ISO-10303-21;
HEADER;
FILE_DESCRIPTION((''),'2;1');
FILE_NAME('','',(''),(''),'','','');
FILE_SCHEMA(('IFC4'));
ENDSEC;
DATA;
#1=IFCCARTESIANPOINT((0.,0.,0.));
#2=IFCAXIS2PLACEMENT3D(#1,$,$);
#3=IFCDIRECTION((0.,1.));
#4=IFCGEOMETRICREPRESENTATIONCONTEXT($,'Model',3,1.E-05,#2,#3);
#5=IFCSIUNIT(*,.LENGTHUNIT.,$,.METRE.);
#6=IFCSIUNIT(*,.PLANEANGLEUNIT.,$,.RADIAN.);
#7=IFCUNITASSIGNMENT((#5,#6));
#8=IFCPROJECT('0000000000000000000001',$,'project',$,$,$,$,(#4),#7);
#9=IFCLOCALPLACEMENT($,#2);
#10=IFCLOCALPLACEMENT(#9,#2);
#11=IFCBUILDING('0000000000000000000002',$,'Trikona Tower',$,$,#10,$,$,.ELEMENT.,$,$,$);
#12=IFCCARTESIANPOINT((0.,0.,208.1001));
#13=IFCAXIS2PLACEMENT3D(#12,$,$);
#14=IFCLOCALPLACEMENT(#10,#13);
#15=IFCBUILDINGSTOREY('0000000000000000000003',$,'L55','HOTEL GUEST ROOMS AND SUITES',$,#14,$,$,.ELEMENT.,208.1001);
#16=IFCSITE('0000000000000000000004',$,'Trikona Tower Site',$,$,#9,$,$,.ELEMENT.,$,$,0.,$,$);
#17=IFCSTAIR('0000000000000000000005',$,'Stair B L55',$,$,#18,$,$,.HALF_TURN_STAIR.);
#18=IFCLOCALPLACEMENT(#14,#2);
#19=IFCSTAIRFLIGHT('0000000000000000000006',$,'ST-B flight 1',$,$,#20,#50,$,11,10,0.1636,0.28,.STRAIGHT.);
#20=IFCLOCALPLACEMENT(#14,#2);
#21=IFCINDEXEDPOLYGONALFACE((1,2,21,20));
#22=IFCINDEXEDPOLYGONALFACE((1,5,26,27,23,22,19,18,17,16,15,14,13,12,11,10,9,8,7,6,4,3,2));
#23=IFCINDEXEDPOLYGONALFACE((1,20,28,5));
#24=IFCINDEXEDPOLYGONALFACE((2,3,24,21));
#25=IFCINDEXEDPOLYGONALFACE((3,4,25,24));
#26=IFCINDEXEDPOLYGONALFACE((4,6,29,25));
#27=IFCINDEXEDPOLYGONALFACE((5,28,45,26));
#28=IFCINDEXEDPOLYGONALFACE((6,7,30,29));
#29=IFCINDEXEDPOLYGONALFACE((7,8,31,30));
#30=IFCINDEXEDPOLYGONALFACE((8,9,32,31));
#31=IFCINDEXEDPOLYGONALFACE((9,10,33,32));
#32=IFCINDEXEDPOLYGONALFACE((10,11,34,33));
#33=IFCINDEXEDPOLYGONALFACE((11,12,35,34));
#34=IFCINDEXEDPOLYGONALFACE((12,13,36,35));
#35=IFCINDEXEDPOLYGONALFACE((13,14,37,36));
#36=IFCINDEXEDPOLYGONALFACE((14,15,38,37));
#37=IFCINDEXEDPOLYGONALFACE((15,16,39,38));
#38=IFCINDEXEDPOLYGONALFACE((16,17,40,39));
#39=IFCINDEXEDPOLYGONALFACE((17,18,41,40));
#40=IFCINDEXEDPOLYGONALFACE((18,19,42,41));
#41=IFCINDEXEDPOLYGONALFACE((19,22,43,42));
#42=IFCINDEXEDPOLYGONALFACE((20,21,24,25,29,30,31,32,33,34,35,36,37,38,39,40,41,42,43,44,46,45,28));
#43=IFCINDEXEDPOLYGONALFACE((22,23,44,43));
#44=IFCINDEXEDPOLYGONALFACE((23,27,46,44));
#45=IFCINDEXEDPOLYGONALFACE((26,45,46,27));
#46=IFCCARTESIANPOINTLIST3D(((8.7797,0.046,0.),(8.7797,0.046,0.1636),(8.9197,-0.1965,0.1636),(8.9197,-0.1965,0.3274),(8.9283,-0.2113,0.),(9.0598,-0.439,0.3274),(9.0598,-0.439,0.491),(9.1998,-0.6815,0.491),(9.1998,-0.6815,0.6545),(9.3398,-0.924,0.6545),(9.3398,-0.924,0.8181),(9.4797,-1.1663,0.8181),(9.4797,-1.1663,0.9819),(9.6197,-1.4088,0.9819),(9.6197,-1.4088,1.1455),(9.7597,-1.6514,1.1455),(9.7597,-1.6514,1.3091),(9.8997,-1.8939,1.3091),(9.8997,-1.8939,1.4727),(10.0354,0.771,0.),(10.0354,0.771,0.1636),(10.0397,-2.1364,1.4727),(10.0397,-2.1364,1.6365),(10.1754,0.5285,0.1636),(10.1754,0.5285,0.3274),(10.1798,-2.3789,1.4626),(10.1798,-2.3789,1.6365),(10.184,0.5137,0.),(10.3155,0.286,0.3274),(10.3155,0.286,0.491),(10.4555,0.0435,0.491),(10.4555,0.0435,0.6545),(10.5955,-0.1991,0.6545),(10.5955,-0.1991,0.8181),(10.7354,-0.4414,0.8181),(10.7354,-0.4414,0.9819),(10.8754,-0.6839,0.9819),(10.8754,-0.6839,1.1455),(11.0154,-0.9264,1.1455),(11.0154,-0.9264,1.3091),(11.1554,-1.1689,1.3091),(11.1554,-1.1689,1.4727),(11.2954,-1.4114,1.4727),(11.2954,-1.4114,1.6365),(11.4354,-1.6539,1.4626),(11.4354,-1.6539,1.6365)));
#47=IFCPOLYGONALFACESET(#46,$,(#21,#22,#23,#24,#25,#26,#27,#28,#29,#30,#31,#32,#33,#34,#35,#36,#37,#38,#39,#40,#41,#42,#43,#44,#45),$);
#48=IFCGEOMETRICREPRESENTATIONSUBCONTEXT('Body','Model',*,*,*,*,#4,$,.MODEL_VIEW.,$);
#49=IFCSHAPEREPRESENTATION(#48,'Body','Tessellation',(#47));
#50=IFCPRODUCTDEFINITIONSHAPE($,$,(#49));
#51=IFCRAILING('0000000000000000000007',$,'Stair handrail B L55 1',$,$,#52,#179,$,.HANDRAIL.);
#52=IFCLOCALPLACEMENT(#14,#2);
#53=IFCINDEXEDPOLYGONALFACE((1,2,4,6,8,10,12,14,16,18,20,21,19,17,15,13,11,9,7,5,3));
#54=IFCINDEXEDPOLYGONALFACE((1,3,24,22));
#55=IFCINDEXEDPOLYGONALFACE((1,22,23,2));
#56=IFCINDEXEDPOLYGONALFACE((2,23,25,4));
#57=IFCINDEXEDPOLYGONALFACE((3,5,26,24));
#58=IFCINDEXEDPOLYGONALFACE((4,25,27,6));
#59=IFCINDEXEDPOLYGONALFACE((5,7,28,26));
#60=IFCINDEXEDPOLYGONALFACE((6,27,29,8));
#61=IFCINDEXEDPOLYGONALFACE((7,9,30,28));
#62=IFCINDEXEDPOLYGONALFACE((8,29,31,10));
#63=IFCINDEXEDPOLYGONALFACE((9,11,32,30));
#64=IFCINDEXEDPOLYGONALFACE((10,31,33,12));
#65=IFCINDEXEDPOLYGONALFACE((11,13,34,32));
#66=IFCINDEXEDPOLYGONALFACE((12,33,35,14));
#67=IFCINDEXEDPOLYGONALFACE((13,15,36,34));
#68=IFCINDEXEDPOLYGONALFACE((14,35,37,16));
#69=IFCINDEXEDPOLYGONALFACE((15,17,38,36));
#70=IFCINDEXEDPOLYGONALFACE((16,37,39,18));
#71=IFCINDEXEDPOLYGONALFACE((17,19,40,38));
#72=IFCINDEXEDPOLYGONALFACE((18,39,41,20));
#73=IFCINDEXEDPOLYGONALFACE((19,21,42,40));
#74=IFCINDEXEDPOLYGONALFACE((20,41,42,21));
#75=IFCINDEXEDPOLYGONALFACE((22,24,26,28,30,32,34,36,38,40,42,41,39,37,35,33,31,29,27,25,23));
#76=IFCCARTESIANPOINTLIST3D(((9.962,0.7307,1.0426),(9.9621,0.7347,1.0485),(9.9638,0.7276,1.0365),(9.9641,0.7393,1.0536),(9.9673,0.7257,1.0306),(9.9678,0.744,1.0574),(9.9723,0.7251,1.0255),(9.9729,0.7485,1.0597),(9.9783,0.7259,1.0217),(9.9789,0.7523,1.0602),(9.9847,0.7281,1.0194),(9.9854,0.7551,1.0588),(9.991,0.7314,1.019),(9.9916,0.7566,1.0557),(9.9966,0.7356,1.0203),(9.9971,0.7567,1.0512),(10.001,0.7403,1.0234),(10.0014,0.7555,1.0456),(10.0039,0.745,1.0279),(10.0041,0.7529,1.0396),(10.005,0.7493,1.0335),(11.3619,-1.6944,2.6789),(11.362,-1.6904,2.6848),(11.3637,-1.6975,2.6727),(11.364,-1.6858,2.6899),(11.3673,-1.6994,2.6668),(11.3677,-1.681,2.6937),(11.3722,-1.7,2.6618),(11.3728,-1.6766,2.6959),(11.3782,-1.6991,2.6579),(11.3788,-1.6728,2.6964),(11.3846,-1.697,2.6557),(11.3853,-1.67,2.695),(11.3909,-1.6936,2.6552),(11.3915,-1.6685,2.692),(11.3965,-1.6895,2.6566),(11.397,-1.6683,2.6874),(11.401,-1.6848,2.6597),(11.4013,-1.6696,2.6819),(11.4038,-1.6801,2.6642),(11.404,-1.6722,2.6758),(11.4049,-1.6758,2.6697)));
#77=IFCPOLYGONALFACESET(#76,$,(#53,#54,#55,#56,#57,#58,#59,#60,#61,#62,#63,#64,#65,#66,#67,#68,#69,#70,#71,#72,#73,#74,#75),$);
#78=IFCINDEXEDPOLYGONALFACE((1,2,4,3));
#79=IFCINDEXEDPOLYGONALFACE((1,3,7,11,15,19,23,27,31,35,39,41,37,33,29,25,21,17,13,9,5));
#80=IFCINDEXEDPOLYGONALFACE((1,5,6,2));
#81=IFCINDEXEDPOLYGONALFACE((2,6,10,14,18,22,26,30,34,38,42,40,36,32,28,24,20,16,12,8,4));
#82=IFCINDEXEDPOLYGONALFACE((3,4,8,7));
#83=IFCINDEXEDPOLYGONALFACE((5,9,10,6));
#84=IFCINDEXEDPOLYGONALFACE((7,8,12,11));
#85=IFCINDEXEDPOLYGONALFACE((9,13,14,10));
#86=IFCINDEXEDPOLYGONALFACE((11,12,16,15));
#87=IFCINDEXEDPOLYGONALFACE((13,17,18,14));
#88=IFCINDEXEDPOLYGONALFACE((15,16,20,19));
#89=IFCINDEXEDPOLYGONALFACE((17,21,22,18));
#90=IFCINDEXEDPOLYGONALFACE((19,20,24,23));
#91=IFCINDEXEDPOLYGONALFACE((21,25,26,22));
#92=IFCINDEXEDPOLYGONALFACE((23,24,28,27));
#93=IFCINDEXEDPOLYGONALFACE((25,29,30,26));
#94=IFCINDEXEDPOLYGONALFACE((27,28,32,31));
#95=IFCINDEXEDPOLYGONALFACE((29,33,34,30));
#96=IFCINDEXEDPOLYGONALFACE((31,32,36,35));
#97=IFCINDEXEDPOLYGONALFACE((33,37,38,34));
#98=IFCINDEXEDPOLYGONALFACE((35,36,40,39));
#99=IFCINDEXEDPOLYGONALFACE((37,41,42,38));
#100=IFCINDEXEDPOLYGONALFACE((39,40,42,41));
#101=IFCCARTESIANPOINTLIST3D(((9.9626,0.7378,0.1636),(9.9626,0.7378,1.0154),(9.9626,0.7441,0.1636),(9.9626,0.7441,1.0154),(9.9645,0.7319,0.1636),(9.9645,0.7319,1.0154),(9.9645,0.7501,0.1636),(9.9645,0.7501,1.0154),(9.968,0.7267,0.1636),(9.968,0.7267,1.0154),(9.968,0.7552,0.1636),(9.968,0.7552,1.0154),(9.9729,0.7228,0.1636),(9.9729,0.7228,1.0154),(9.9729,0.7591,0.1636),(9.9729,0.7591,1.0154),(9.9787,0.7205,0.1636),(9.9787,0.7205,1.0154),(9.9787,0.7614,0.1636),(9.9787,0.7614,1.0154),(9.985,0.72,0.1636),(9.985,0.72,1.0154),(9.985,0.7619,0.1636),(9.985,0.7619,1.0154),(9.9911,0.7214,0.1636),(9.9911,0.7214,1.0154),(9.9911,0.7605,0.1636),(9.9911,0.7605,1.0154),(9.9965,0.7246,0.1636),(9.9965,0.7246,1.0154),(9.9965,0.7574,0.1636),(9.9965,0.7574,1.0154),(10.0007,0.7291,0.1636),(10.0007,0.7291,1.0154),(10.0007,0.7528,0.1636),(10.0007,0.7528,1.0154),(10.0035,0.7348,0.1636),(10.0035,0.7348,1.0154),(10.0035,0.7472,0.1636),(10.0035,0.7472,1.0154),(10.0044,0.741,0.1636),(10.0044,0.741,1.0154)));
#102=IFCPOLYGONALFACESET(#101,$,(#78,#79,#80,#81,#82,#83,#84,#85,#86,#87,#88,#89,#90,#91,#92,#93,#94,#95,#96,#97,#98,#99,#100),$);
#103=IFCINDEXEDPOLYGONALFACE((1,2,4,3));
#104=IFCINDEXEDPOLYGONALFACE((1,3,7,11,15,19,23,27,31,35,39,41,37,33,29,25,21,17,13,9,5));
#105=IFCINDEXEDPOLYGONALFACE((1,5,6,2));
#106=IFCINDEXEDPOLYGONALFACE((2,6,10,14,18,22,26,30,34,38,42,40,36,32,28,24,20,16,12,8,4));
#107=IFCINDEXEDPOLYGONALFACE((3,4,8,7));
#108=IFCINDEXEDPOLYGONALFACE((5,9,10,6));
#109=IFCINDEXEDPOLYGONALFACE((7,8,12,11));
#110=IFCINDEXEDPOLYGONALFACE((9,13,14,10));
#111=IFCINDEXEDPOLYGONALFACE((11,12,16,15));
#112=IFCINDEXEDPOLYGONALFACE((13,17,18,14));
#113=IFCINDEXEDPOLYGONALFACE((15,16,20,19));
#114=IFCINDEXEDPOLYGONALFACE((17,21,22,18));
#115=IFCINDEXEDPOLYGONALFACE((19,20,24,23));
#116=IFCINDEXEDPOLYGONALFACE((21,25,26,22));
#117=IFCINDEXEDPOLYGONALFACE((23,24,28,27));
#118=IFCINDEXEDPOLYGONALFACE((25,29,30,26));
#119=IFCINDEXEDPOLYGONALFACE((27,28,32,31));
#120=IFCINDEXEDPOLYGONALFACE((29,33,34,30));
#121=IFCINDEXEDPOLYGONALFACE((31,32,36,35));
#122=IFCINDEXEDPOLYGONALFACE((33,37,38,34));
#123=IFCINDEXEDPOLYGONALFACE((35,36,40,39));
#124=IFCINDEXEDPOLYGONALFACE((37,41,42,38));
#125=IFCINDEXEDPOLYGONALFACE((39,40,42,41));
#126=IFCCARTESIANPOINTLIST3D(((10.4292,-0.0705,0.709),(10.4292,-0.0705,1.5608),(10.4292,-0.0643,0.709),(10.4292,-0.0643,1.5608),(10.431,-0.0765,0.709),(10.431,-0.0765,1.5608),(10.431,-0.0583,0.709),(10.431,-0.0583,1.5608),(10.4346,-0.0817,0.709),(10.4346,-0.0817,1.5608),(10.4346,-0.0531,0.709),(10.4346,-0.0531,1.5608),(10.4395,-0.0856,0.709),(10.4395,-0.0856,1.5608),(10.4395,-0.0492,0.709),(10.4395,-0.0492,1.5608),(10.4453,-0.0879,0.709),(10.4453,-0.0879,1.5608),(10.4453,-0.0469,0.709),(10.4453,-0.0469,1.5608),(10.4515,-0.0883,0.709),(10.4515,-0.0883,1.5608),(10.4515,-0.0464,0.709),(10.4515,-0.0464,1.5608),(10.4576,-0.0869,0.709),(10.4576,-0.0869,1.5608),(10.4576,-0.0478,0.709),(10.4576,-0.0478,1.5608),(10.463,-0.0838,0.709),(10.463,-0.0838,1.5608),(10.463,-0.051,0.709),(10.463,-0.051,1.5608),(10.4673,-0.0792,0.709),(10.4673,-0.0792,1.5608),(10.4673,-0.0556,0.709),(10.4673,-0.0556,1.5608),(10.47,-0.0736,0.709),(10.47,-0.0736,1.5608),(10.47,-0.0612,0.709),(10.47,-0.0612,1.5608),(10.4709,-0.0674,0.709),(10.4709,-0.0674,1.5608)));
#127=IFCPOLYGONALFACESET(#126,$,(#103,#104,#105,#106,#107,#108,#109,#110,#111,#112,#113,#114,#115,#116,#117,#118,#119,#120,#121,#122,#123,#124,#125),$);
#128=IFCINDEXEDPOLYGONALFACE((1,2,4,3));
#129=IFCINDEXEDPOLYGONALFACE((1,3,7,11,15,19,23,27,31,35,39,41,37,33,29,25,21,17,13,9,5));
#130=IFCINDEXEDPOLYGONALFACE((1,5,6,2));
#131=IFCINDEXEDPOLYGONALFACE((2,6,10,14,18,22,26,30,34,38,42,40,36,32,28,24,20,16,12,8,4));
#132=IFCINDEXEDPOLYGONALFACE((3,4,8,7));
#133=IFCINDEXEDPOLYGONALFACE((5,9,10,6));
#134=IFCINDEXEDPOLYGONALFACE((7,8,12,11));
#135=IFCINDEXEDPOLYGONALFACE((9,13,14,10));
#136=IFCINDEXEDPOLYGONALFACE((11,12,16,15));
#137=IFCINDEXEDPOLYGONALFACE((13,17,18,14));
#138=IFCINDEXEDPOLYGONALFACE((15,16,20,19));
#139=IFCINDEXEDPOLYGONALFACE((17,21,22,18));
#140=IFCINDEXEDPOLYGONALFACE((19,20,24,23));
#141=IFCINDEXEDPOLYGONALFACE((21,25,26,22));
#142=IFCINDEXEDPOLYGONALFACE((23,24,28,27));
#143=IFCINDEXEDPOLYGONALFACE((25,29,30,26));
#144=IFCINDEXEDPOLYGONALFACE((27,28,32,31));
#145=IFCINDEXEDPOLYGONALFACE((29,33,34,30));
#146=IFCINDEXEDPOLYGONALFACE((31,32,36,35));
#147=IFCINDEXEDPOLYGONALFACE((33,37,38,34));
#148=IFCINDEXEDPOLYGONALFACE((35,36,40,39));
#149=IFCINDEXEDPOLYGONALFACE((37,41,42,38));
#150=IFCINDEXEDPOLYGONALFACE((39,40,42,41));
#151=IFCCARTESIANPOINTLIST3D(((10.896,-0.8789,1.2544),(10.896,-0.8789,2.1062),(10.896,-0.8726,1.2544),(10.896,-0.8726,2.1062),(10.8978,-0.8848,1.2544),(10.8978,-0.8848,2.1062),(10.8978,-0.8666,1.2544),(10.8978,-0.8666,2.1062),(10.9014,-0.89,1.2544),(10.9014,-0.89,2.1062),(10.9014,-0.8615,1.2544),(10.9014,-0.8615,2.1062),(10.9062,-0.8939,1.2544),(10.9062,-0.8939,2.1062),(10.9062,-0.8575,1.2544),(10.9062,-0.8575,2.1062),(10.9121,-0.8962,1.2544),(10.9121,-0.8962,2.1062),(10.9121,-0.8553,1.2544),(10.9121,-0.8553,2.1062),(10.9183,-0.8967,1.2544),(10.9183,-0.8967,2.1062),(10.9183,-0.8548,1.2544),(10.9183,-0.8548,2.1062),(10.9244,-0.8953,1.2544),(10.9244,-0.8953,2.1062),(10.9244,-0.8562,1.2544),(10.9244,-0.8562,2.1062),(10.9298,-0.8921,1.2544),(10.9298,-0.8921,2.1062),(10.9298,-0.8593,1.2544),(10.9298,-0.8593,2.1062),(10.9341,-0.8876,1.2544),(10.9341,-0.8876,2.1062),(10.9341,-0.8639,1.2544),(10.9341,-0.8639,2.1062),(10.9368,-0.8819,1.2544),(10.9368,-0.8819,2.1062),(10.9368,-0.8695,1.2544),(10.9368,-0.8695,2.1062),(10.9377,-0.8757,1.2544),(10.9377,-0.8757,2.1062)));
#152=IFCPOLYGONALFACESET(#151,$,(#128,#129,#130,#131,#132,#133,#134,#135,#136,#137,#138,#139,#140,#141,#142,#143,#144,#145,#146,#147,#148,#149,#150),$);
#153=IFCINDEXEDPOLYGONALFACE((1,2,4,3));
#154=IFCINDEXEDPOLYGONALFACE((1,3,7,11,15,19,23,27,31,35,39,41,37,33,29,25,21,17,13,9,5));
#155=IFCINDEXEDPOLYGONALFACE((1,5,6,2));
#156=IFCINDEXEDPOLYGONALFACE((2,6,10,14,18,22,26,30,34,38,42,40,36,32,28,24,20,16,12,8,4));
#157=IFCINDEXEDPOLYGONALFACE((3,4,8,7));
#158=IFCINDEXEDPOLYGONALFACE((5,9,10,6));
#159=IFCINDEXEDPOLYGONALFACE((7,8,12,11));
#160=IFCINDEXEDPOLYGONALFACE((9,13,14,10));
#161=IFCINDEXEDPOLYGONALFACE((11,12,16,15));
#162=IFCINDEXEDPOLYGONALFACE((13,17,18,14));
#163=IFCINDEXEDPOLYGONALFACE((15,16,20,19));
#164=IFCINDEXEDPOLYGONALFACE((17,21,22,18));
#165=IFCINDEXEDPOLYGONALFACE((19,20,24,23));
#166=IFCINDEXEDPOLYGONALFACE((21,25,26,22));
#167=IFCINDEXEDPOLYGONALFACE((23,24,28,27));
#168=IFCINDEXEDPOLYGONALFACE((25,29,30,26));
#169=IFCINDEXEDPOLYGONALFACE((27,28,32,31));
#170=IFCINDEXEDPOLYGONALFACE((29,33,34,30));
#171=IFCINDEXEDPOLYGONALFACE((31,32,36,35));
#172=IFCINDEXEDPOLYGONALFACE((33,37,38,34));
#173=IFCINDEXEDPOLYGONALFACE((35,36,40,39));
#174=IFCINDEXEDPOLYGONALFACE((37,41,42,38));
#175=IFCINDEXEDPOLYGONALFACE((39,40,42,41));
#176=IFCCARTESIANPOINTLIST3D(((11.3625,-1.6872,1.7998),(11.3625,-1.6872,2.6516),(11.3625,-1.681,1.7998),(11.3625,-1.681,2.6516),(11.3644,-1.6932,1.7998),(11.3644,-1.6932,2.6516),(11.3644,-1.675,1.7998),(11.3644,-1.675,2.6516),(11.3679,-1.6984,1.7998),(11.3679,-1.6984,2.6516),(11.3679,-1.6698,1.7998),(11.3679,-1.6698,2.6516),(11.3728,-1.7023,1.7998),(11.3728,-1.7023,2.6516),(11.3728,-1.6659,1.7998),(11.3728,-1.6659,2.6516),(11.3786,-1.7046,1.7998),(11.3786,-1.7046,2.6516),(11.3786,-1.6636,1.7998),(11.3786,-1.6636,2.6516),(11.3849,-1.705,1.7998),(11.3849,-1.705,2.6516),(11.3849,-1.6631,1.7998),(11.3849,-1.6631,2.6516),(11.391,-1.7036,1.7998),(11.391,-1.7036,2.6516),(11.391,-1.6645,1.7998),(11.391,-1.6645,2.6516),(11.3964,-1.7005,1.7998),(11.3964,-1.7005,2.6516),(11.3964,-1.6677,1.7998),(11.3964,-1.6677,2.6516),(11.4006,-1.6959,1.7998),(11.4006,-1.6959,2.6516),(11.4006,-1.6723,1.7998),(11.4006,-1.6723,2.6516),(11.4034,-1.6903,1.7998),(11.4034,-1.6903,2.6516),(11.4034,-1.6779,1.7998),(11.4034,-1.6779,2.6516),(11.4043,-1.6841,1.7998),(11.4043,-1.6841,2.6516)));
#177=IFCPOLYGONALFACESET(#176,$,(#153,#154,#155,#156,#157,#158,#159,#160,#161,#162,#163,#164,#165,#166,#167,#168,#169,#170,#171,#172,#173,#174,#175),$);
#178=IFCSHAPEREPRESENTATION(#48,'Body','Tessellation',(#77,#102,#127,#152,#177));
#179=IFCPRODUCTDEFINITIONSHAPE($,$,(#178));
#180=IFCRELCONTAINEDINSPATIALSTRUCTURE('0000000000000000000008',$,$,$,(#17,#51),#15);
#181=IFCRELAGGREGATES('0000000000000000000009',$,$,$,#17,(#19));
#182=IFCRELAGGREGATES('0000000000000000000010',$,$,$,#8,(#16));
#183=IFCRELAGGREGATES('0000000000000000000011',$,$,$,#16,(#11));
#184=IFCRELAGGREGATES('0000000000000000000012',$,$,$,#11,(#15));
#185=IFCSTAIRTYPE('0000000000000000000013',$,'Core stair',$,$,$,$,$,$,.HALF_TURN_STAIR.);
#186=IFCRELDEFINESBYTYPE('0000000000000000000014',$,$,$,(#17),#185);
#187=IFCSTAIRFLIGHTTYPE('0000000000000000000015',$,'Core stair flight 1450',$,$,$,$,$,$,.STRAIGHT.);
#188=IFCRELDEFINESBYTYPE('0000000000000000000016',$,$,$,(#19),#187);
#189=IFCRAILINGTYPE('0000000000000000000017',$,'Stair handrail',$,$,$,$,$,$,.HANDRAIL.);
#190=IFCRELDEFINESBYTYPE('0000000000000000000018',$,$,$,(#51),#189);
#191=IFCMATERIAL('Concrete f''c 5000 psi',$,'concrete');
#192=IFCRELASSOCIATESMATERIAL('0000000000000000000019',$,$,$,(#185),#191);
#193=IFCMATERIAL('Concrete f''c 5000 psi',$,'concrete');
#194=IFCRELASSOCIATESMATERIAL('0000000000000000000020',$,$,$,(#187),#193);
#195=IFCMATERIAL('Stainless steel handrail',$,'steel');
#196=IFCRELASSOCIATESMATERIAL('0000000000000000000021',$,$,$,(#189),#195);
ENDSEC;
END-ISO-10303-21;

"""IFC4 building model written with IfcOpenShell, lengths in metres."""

from ifc_helpers import new_model, si_unit, direction, frame, origin, origin_2d, place, context, subcontext, project, spatial, polyline, circle, outline, extrude, material, type_object, element, aggregate, save


model = new_model("IFC4")

# Units and contexts
model_context = context("Model", 3, precision=1e-05, world=origin(), true_north=direction((0.0, 1.0)))
body_context = subcontext(model_context, "Body", "Model", "MODEL_VIEW")
ifc_project = project(units=[si_unit("LENGTHUNIT", "METRE"), si_unit("PLANEANGLEUNIT", "RADIAN")], contexts=[model_context])

# Site, building, storey
site_placement = place(None, origin())
site = spatial("IfcSite", under=ifc_project, at=site_placement, Name="Trikona Tower Site", CompositionType="ELEMENT", RefElevation=0.0)
building_placement = place(site_placement, origin())
building = spatial("IfcBuilding", under=site, at=building_placement, Name="Trikona Tower", CompositionType="ELEMENT")
storey_placement = place(building_placement, frame((0.0, 0.0, 208.1001)))
storey = spatial("IfcBuildingStorey", under=building, at=storey_placement, Name="L55", Description="HOTEL GUEST ROOMS AND SUITES", CompositionType="ELEMENT", Elevation=208.1001)

# Stair
ifc_material_1 = material(Name="Concrete f'c 5000 psi", Category="concrete")
stair_type = type_object("IfcStairType", Name="Core stair", PredefinedType="HALF_TURN_STAIR", material=ifc_material_1)
stair_1_placement = place(storey_placement, origin())
stair_1 = element("IfcStair", 1, at=stair_1_placement, inside=storey, type_object=stair_type, Name="Stair B L55", PredefinedType="HALF_TURN_STAIR")

# Stair flight
ifc_material_2 = material(Name="Concrete f'c 5000 psi", Category="concrete")
stair_flight_type = type_object("IfcStairFlightType", Name="Core stair flight 1450", PredefinedType="STRAIGHT", material=ifc_material_2)
stair_flight_placement = place(storey_placement, frame((9.4075, 0.4084, 0.0), z_axis=(0.0, 0.0, 1.0), x_axis=(0.5, -0.866025, 0.0)))
stair_flight = element("IfcStairFlight", 2, at=stair_flight_placement, type_object=stair_flight_type, Name="ST-B flight 1", NumberOfRisers=11, NumberOfTreads=10, PredefinedType="STRAIGHT", RiserHeight=0.1636, TreadLength=0.28, context=body_context, shape_type="SweptSolid", body=[
    extrude(outline(polyline([(0.0, 0.0), (0.0, 0.1636), (0.28, 0.1636), (0.28, 0.3274), (0.5601, 0.3274), (0.5601, 0.491), (0.8401, 0.491), (0.8401, 0.6545), (1.1201, 0.6545), (1.1201, 0.8181), (1.3999, 0.8181), (1.3999, 0.9819), (1.6799, 0.9819), (1.6799, 1.1455), (1.96, 1.1455), (1.96, 1.3091), (2.24, 1.3091), (2.24, 1.4727), (2.52, 1.4727), (2.52, 1.6365), (2.8, 1.6365), (2.8, 1.8), (2.8, 1.4626), (0.2971, 0.0), (0.0, 0.0)])), frame((0.0, 0.7251, 0.0), z_axis=(0.0, -1.0, 0.0), x_axis=(1.0, 0.0, 0.0)), (0.0, 0.0, 1.0), 1.45),
])
aggregate(stair_1, [stair_flight])

# Railing
ifc_material_3 = material(Name="Stainless steel handrail", Category="steel")
railing_type = type_object("IfcRailingType", Name="Stair handrail", PredefinedType="HANDRAIL", material=ifc_material_3)
railing_placement = place(storey_placement, frame((9.9834, 0.741, 0.1636)))
element("IfcRailing", 3, at=railing_placement, inside=storey, type_object=railing_type, Name="Stair handrail B L55 1", PredefinedType="HANDRAIL", context=body_context, shape_type="SweptSolid", body=[
    extrude(circle(Radius=0.0239, at=origin_2d()), frame((0.0, 0.0, 0.876), z_axis=(0.431653, -0.747751, 0.504523), x_axis=(0.866056, 0.499946, 0.0)), (0.0, 0.0, 1.0), 3.2432),
    extrude(circle(Radius=0.021, at=origin_2d()), origin(), (0.0, 0.0, 1.0), 0.8518),
    extrude(circle(Radius=0.021, at=origin_2d()), frame((0.4666, -0.8083, 0.5454)), (0.0, 0.0, 1.0), 0.8518),
    extrude(circle(Radius=0.021, at=origin_2d()), frame((0.9333, -1.6167, 1.0908)), (0.0, 0.0, 1.0), 0.8518),
    extrude(circle(Radius=0.021, at=origin_2d()), frame((1.3999, -2.425, 1.6362)), (0.0, 0.0, 1.0), 0.8518),
])

save(model, "model.ifc")
